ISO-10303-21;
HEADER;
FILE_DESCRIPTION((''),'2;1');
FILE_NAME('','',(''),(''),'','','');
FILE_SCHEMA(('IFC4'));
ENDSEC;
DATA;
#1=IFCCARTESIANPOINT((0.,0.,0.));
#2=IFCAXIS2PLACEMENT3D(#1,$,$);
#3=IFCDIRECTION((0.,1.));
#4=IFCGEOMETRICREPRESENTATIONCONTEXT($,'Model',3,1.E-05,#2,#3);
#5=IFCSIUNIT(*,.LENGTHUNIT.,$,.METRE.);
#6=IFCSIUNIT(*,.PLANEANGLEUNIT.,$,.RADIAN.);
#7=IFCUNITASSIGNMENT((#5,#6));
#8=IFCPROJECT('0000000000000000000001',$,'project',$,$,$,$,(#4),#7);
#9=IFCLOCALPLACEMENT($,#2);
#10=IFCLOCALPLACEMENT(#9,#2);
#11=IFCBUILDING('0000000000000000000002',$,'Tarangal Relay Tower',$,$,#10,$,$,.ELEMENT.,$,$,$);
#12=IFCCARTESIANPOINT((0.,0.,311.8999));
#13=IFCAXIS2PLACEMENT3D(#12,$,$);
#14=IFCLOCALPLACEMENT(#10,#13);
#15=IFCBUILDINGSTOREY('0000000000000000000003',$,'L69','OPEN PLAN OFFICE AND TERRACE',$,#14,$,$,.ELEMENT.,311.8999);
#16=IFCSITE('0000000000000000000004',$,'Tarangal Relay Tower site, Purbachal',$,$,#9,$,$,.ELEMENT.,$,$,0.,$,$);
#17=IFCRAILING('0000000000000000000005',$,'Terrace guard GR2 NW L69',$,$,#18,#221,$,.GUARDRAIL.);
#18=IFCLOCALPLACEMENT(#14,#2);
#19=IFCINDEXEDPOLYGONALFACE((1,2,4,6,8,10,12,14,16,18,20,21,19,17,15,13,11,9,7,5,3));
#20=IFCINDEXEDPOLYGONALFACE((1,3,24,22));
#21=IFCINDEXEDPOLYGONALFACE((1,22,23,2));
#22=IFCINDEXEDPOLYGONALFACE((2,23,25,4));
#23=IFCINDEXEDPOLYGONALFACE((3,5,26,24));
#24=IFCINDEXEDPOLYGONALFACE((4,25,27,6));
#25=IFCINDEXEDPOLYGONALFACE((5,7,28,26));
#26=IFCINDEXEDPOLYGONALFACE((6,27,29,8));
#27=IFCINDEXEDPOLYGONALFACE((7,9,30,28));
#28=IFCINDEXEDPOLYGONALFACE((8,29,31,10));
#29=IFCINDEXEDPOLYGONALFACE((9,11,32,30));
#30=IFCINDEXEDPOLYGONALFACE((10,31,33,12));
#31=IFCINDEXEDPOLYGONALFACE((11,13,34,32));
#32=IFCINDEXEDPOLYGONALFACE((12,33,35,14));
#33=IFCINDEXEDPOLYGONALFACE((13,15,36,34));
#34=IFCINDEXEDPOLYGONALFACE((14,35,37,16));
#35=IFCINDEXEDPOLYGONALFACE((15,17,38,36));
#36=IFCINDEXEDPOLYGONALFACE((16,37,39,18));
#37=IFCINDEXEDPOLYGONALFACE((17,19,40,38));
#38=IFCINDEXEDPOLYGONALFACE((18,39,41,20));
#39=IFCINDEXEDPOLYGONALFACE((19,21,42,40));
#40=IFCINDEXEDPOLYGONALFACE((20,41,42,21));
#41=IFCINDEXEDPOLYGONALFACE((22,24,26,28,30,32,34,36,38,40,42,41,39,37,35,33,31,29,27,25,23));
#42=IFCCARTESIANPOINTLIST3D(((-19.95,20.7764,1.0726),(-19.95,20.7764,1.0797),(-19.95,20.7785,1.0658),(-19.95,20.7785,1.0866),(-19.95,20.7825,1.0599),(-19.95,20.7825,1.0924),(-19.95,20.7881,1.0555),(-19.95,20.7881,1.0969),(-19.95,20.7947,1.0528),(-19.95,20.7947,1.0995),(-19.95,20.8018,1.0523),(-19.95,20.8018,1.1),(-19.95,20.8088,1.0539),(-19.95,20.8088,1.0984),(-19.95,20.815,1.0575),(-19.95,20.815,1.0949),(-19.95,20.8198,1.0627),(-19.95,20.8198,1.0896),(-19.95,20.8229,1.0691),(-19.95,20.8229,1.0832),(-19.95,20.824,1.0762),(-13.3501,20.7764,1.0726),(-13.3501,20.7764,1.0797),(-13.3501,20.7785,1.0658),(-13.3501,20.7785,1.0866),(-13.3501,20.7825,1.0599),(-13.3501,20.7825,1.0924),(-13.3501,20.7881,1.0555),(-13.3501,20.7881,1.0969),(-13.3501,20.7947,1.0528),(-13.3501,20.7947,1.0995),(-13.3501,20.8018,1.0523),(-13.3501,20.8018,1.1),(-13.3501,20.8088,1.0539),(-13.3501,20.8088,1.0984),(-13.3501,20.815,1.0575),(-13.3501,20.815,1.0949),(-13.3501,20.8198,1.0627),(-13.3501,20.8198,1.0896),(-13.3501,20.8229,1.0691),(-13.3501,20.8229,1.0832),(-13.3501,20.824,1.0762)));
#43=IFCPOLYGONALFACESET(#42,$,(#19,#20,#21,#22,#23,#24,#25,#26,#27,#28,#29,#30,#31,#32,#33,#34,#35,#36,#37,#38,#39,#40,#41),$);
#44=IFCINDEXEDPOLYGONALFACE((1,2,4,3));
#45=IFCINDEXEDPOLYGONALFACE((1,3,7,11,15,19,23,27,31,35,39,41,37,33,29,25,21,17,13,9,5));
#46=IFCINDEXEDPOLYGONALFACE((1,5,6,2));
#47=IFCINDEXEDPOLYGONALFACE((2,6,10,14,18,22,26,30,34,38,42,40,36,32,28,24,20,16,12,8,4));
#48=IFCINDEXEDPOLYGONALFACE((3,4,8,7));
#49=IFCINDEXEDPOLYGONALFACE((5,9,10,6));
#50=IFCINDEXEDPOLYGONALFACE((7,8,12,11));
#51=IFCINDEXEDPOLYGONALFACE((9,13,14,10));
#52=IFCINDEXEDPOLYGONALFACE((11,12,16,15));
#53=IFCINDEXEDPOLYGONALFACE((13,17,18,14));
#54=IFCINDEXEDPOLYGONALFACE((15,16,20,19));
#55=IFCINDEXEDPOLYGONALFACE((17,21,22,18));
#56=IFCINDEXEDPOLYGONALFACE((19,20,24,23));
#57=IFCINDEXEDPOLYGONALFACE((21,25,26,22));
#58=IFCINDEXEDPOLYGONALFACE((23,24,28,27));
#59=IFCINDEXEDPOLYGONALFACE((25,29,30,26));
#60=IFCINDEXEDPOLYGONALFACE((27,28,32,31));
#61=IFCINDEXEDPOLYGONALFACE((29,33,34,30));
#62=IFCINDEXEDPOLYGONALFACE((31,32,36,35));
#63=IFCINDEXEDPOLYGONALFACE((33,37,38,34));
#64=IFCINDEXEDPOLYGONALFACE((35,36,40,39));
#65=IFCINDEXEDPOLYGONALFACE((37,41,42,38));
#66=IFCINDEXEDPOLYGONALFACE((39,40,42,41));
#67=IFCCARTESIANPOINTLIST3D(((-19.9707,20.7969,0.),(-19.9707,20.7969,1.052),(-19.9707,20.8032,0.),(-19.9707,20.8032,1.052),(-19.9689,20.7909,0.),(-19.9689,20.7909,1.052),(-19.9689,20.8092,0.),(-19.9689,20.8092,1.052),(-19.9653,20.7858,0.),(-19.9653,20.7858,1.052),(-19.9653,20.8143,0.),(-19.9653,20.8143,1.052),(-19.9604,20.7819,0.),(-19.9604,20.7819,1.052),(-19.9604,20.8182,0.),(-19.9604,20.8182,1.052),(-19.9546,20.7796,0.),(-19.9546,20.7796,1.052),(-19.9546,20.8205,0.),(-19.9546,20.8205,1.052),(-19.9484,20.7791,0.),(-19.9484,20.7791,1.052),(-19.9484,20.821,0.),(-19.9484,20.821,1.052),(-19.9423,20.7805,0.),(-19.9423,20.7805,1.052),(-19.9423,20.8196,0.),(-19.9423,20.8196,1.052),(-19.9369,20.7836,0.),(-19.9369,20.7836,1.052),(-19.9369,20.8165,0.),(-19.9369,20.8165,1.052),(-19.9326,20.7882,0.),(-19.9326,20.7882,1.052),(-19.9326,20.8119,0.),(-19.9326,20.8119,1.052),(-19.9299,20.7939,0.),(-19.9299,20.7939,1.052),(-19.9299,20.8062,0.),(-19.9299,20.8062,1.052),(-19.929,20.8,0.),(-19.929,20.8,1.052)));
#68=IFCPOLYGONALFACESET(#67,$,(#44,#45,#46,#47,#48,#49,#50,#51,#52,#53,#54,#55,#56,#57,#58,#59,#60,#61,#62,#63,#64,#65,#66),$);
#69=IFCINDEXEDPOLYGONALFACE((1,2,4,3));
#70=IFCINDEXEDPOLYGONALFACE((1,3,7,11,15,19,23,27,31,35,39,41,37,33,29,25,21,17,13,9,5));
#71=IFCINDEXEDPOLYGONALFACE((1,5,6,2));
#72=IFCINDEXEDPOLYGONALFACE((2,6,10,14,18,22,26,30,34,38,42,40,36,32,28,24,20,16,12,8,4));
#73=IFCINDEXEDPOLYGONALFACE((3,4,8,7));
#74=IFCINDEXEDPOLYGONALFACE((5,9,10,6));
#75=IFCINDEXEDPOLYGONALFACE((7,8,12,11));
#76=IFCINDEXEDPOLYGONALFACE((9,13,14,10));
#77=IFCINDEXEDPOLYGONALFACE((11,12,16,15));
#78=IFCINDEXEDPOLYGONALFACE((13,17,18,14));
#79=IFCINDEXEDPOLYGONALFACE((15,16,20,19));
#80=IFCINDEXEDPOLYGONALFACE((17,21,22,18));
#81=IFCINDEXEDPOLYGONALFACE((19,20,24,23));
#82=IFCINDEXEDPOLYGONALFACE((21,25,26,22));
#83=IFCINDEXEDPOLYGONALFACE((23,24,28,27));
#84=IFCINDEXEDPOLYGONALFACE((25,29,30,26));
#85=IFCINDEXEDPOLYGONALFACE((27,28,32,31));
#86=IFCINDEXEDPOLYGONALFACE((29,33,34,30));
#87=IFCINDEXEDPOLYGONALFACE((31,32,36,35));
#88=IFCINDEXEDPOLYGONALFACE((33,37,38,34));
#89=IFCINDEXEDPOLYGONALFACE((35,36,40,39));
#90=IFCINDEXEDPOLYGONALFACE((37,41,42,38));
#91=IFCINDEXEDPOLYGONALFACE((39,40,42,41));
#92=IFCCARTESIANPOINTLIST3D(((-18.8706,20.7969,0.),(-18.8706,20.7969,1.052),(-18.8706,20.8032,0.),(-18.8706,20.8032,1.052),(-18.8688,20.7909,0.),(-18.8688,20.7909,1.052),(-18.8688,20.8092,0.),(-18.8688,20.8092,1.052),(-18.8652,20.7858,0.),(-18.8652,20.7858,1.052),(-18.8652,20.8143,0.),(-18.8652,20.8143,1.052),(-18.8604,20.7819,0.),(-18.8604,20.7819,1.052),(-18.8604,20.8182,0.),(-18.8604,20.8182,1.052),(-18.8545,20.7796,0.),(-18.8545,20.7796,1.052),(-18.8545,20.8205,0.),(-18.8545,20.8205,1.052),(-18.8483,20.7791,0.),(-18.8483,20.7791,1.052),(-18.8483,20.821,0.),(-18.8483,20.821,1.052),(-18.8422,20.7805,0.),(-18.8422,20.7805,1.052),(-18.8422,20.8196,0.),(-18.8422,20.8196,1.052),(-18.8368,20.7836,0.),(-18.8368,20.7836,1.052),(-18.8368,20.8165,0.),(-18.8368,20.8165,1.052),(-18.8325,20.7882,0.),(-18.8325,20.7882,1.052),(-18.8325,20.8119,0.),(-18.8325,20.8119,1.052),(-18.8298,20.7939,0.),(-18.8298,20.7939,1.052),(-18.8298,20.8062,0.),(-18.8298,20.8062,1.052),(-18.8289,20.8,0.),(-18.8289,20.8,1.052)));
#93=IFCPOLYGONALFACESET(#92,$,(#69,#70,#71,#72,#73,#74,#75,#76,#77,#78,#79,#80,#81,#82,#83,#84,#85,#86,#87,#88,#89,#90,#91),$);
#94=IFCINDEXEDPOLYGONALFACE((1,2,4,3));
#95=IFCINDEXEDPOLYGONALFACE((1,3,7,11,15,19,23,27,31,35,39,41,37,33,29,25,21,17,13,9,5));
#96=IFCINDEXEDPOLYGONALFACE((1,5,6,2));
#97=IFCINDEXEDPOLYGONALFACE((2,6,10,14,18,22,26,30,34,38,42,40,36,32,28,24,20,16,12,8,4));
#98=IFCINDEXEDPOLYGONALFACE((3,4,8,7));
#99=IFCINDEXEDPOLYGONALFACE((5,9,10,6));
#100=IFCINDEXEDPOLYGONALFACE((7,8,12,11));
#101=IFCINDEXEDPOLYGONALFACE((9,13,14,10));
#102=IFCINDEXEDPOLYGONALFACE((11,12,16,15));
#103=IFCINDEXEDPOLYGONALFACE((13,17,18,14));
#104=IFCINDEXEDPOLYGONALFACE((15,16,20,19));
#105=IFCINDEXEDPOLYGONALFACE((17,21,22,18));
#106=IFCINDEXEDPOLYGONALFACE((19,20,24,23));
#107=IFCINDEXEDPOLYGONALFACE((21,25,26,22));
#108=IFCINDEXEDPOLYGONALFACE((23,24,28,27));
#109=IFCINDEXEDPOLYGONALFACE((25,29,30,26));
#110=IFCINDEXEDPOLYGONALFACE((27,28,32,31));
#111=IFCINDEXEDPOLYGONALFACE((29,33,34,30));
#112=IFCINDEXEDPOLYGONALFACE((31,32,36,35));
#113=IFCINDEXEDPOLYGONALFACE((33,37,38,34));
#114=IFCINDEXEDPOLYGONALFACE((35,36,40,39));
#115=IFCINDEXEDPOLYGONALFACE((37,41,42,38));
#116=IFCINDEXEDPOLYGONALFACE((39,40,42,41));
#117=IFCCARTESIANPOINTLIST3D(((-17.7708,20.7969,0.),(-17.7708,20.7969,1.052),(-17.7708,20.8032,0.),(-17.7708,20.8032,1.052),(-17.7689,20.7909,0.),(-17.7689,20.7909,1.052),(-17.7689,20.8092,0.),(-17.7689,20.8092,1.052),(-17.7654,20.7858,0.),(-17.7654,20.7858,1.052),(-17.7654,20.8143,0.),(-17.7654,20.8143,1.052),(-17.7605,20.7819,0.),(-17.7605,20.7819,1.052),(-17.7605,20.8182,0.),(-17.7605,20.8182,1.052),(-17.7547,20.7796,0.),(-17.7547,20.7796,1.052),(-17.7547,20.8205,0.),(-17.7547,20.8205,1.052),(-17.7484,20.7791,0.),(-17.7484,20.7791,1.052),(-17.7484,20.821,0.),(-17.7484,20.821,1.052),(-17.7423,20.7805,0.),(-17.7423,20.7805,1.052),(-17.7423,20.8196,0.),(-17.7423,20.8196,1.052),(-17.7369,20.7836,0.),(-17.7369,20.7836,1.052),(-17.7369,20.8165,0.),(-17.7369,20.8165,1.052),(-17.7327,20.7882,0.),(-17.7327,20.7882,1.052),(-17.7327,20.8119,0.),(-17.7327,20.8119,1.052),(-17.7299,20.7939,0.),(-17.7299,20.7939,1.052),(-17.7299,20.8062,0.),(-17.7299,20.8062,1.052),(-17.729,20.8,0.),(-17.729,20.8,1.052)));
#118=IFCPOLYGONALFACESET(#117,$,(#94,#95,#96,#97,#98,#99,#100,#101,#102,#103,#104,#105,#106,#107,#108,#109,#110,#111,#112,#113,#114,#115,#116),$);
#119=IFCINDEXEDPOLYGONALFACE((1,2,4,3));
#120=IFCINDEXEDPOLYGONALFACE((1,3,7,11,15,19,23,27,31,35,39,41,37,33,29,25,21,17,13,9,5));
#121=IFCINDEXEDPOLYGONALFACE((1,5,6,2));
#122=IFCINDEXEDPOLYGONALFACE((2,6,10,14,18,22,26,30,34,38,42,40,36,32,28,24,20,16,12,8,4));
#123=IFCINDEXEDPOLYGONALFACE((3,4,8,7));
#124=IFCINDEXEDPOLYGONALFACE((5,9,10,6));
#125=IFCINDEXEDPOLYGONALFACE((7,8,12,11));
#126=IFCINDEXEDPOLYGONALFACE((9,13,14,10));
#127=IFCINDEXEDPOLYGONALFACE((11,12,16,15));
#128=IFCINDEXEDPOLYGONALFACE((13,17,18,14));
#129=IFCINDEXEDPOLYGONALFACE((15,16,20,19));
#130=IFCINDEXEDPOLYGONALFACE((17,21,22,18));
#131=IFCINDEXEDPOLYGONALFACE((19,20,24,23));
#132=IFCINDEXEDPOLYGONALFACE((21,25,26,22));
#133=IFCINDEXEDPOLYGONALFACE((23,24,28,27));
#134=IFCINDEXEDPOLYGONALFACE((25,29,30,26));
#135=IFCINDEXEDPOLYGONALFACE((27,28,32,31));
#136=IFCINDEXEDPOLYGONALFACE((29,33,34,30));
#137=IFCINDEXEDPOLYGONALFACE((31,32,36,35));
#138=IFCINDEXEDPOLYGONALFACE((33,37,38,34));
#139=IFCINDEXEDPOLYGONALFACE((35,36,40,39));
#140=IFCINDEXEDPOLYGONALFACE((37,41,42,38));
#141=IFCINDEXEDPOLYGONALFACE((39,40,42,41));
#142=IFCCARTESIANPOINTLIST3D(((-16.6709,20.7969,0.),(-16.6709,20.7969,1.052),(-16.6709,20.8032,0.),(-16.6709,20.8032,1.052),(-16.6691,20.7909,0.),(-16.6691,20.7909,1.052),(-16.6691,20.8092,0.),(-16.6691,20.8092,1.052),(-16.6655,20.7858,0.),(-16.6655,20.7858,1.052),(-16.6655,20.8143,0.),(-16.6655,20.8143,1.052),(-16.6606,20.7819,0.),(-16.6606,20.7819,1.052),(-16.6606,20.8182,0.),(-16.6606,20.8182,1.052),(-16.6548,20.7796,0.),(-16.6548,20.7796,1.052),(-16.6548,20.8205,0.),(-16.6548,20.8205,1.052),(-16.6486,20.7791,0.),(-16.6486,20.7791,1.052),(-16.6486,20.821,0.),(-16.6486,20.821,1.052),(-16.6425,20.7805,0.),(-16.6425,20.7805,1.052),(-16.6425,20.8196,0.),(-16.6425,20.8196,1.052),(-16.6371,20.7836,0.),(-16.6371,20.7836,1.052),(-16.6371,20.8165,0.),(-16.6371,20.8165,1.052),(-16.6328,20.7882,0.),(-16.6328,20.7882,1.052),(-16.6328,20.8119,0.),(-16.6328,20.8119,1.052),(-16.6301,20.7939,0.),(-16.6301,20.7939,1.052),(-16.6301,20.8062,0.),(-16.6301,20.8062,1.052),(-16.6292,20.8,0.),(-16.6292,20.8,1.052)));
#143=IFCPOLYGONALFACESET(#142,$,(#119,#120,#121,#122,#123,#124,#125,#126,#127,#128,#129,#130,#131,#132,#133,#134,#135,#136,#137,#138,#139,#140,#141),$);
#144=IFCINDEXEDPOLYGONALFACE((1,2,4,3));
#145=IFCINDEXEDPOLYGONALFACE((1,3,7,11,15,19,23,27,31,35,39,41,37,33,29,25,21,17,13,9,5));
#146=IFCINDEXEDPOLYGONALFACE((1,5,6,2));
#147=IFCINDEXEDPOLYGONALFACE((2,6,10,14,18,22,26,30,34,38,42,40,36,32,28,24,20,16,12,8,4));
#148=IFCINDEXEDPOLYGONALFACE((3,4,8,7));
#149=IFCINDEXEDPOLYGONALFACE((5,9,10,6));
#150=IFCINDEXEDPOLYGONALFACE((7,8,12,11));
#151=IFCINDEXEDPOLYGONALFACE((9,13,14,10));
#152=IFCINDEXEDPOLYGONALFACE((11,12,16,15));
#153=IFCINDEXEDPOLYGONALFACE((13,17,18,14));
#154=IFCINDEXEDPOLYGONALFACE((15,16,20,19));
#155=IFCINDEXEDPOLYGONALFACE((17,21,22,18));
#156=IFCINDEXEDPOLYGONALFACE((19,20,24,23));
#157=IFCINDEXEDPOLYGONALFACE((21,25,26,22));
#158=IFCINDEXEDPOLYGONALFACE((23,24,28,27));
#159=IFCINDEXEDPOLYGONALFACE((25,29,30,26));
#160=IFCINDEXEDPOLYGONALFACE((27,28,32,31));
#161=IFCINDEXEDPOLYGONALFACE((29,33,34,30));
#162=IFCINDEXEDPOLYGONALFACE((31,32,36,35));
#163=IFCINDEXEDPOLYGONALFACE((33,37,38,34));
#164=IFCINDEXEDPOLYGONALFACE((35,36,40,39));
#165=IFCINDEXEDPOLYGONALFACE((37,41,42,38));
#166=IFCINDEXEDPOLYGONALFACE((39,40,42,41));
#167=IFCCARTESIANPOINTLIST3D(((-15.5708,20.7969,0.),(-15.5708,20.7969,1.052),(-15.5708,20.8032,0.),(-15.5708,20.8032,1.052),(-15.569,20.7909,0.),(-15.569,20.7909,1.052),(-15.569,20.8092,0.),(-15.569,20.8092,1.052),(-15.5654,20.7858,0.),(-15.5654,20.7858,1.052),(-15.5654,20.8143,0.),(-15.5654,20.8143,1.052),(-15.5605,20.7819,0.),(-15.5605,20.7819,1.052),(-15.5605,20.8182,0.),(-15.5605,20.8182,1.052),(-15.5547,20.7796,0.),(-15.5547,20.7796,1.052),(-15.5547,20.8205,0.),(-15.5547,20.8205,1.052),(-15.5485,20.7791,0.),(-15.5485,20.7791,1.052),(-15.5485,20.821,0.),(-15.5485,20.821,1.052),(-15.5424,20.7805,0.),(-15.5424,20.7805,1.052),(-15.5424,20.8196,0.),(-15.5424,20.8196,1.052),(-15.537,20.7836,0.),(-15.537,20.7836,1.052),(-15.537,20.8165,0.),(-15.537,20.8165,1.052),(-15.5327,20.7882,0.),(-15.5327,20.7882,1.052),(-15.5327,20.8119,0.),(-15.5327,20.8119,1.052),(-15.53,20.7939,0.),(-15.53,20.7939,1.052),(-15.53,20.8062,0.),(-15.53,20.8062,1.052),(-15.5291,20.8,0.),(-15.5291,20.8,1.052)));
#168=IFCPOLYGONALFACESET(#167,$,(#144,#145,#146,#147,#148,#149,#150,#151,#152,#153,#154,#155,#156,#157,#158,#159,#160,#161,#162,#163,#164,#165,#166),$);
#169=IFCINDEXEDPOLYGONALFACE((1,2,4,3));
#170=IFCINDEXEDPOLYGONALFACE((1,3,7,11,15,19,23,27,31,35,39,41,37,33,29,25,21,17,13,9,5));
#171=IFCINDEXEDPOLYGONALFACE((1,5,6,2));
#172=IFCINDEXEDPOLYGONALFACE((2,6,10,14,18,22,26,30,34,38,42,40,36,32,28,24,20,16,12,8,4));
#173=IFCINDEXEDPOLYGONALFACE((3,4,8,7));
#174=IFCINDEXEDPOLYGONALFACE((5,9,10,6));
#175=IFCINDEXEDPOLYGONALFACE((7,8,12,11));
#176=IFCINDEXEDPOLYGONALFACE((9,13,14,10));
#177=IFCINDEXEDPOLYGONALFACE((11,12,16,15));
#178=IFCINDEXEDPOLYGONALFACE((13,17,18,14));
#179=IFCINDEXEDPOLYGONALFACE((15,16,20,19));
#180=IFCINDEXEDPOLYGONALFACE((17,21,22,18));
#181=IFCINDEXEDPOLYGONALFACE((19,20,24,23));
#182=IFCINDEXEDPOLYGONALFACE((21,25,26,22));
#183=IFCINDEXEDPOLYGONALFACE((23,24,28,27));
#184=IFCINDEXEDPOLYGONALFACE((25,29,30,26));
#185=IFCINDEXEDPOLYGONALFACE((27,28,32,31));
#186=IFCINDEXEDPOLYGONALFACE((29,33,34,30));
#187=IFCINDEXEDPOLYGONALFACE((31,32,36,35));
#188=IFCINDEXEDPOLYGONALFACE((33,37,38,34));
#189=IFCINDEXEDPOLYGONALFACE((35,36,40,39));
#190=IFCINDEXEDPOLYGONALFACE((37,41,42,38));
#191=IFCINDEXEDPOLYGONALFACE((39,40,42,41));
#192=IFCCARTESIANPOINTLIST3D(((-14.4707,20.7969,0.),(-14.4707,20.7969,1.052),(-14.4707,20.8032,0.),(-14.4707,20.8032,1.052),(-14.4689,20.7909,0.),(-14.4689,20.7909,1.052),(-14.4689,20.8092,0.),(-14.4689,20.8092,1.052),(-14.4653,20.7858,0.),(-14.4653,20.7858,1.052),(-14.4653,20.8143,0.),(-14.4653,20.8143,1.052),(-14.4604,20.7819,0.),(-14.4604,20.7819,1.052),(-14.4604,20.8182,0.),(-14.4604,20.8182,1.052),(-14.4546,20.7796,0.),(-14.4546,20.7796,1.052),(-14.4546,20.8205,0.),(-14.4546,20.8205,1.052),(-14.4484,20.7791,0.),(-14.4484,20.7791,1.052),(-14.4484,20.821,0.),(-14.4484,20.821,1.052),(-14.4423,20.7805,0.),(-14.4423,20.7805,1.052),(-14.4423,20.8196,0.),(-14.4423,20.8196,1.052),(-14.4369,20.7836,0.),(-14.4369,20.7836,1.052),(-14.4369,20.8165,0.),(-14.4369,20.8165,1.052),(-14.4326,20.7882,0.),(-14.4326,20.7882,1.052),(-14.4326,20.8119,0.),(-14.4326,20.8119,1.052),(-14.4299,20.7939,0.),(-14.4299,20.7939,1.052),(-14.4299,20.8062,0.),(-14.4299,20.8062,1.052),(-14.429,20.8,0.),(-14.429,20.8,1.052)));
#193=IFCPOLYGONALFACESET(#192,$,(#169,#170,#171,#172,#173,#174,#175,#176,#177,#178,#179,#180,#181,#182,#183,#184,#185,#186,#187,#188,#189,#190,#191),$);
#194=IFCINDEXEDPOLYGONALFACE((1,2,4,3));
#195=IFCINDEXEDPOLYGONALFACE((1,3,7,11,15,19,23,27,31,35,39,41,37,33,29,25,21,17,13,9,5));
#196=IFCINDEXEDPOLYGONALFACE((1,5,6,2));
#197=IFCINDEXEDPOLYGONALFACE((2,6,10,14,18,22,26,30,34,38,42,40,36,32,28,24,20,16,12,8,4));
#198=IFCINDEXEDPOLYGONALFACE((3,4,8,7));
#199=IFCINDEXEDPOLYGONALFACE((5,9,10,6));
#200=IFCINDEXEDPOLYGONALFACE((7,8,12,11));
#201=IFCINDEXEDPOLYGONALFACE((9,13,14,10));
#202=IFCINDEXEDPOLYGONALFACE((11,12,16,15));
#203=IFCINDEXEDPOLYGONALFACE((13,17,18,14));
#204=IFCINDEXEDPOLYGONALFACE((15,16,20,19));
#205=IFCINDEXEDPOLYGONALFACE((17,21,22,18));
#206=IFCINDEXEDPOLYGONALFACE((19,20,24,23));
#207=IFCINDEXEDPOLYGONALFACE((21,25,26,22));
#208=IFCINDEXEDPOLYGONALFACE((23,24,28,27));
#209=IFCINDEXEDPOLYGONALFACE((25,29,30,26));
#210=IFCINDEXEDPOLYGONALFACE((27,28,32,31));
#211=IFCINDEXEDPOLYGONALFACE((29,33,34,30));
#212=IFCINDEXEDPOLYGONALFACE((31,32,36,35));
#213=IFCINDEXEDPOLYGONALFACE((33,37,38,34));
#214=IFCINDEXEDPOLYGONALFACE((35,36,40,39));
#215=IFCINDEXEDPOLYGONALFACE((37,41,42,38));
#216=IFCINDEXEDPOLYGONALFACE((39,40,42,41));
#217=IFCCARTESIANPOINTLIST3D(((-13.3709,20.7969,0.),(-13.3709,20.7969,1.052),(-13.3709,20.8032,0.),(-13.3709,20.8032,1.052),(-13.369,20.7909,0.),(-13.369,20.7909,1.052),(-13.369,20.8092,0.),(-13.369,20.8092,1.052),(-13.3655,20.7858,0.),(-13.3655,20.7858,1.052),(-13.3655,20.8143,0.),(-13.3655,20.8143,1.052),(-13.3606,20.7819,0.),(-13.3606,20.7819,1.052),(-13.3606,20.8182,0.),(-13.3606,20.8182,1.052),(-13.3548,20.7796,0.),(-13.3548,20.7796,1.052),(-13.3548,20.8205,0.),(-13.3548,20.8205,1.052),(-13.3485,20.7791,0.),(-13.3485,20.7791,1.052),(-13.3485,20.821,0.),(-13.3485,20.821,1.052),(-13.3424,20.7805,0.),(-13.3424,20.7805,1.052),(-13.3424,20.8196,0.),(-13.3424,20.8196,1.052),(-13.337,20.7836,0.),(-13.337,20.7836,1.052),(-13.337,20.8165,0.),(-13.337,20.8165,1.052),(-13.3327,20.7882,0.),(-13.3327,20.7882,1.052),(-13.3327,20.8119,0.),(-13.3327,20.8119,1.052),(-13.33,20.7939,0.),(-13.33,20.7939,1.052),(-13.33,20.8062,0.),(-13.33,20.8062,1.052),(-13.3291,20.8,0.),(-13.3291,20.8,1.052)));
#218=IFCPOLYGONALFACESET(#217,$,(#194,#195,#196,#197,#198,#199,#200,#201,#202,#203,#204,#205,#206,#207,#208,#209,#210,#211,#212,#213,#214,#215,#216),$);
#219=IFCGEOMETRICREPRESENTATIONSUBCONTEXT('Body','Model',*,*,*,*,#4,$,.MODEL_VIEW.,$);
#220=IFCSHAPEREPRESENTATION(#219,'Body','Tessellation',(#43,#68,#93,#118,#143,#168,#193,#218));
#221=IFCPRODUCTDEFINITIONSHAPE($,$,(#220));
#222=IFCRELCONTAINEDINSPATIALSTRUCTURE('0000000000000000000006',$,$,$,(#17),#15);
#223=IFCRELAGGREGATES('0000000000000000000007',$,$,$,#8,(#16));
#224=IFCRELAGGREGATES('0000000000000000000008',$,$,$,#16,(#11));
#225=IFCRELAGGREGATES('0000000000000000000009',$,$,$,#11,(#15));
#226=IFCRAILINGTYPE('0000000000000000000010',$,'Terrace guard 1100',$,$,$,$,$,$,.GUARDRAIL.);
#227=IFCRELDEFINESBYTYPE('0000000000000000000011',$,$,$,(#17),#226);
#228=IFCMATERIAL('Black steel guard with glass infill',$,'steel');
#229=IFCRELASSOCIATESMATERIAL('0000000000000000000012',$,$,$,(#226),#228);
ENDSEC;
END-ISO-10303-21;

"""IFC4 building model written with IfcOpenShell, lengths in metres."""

from ifc_helpers import new_model, si_unit, direction, frame, origin, origin_2d, place, context, subcontext, project, spatial, circle, extrude, material, type_object, element, save


model = new_model("IFC4")

# Units and contexts
model_context = context("Model", 3, precision=1e-05, world=origin(), true_north=direction((0.0, 1.0)))
body_context = subcontext(model_context, "Body", "Model", "MODEL_VIEW")
ifc_project = project(units=[si_unit("LENGTHUNIT", "METRE"), si_unit("PLANEANGLEUNIT", "RADIAN")], contexts=[model_context])

# Site, building, storey
site_placement = place(None, origin())
site = spatial("IfcSite", under=ifc_project, at=site_placement, Name="Tarangal Relay Tower site, Purbachal", CompositionType="ELEMENT", RefElevation=0.0)
building_placement = place(site_placement, origin())
building = spatial("IfcBuilding", under=site, at=building_placement, Name="Tarangal Relay Tower", CompositionType="ELEMENT")
storey_placement = place(building_placement, frame((0.0, 0.0, 311.8999)))
storey = spatial("IfcBuildingStorey", under=building, at=storey_placement, Name="L69", Description="OPEN PLAN OFFICE AND TERRACE", CompositionType="ELEMENT", Elevation=311.8999)

# Railing
ifc_material_1 = material(Name="Black steel guard with glass infill", Category="steel")
railing_type = type_object("IfcRailingType", Name="Terrace guard 1100", PredefinedType="GUARDRAIL", material=ifc_material_1)
railing_1_placement = place(storey_placement, frame((-19.95, 20.8, 0.0)))
element("IfcRailing", 1, at=railing_1_placement, inside=storey, type_object=railing_type, Name="Terrace guard GR2 NW L69", PredefinedType="GUARDRAIL", context=body_context, shape_type="SweptSolid", body=[
    extrude(circle(Radius=0.0239, at=origin_2d()), frame((0.0, 0.0, 1.0762), z_axis=(1.0, 0.0, 0.0), x_axis=(0.0, 1.0, 0.0)), (0.0, 0.0, 1.0), 6.5999),
    extrude(circle(Radius=0.021, at=origin_2d()), origin(), (0.0, 0.0, 1.0), 1.052),
    extrude(circle(Radius=0.021, at=origin_2d()), frame((1.1001, 0.0, 0.0)), (0.0, 0.0, 1.0), 1.052),
    extrude(circle(Radius=0.021, at=origin_2d()), frame((2.2, 0.0, 0.0)), (0.0, 0.0, 1.0), 1.052),
    extrude(circle(Radius=0.021, at=origin_2d()), frame((3.2998, 0.0, 0.0)), (0.0, 0.0, 1.0), 1.052),
    extrude(circle(Radius=0.021, at=origin_2d()), frame((4.3999, 0.0, 0.0)), (0.0, 0.0, 1.0), 1.052),
    extrude(circle(Radius=0.021, at=origin_2d()), frame((5.5, 0.0, 0.0)), (0.0, 0.0, 1.0), 1.052),
    extrude(circle(Radius=0.021, at=origin_2d()), frame((6.5999, 0.0, 0.0)), (0.0, 0.0, 1.0), 1.052),
])

save(model, "model.ifc")
